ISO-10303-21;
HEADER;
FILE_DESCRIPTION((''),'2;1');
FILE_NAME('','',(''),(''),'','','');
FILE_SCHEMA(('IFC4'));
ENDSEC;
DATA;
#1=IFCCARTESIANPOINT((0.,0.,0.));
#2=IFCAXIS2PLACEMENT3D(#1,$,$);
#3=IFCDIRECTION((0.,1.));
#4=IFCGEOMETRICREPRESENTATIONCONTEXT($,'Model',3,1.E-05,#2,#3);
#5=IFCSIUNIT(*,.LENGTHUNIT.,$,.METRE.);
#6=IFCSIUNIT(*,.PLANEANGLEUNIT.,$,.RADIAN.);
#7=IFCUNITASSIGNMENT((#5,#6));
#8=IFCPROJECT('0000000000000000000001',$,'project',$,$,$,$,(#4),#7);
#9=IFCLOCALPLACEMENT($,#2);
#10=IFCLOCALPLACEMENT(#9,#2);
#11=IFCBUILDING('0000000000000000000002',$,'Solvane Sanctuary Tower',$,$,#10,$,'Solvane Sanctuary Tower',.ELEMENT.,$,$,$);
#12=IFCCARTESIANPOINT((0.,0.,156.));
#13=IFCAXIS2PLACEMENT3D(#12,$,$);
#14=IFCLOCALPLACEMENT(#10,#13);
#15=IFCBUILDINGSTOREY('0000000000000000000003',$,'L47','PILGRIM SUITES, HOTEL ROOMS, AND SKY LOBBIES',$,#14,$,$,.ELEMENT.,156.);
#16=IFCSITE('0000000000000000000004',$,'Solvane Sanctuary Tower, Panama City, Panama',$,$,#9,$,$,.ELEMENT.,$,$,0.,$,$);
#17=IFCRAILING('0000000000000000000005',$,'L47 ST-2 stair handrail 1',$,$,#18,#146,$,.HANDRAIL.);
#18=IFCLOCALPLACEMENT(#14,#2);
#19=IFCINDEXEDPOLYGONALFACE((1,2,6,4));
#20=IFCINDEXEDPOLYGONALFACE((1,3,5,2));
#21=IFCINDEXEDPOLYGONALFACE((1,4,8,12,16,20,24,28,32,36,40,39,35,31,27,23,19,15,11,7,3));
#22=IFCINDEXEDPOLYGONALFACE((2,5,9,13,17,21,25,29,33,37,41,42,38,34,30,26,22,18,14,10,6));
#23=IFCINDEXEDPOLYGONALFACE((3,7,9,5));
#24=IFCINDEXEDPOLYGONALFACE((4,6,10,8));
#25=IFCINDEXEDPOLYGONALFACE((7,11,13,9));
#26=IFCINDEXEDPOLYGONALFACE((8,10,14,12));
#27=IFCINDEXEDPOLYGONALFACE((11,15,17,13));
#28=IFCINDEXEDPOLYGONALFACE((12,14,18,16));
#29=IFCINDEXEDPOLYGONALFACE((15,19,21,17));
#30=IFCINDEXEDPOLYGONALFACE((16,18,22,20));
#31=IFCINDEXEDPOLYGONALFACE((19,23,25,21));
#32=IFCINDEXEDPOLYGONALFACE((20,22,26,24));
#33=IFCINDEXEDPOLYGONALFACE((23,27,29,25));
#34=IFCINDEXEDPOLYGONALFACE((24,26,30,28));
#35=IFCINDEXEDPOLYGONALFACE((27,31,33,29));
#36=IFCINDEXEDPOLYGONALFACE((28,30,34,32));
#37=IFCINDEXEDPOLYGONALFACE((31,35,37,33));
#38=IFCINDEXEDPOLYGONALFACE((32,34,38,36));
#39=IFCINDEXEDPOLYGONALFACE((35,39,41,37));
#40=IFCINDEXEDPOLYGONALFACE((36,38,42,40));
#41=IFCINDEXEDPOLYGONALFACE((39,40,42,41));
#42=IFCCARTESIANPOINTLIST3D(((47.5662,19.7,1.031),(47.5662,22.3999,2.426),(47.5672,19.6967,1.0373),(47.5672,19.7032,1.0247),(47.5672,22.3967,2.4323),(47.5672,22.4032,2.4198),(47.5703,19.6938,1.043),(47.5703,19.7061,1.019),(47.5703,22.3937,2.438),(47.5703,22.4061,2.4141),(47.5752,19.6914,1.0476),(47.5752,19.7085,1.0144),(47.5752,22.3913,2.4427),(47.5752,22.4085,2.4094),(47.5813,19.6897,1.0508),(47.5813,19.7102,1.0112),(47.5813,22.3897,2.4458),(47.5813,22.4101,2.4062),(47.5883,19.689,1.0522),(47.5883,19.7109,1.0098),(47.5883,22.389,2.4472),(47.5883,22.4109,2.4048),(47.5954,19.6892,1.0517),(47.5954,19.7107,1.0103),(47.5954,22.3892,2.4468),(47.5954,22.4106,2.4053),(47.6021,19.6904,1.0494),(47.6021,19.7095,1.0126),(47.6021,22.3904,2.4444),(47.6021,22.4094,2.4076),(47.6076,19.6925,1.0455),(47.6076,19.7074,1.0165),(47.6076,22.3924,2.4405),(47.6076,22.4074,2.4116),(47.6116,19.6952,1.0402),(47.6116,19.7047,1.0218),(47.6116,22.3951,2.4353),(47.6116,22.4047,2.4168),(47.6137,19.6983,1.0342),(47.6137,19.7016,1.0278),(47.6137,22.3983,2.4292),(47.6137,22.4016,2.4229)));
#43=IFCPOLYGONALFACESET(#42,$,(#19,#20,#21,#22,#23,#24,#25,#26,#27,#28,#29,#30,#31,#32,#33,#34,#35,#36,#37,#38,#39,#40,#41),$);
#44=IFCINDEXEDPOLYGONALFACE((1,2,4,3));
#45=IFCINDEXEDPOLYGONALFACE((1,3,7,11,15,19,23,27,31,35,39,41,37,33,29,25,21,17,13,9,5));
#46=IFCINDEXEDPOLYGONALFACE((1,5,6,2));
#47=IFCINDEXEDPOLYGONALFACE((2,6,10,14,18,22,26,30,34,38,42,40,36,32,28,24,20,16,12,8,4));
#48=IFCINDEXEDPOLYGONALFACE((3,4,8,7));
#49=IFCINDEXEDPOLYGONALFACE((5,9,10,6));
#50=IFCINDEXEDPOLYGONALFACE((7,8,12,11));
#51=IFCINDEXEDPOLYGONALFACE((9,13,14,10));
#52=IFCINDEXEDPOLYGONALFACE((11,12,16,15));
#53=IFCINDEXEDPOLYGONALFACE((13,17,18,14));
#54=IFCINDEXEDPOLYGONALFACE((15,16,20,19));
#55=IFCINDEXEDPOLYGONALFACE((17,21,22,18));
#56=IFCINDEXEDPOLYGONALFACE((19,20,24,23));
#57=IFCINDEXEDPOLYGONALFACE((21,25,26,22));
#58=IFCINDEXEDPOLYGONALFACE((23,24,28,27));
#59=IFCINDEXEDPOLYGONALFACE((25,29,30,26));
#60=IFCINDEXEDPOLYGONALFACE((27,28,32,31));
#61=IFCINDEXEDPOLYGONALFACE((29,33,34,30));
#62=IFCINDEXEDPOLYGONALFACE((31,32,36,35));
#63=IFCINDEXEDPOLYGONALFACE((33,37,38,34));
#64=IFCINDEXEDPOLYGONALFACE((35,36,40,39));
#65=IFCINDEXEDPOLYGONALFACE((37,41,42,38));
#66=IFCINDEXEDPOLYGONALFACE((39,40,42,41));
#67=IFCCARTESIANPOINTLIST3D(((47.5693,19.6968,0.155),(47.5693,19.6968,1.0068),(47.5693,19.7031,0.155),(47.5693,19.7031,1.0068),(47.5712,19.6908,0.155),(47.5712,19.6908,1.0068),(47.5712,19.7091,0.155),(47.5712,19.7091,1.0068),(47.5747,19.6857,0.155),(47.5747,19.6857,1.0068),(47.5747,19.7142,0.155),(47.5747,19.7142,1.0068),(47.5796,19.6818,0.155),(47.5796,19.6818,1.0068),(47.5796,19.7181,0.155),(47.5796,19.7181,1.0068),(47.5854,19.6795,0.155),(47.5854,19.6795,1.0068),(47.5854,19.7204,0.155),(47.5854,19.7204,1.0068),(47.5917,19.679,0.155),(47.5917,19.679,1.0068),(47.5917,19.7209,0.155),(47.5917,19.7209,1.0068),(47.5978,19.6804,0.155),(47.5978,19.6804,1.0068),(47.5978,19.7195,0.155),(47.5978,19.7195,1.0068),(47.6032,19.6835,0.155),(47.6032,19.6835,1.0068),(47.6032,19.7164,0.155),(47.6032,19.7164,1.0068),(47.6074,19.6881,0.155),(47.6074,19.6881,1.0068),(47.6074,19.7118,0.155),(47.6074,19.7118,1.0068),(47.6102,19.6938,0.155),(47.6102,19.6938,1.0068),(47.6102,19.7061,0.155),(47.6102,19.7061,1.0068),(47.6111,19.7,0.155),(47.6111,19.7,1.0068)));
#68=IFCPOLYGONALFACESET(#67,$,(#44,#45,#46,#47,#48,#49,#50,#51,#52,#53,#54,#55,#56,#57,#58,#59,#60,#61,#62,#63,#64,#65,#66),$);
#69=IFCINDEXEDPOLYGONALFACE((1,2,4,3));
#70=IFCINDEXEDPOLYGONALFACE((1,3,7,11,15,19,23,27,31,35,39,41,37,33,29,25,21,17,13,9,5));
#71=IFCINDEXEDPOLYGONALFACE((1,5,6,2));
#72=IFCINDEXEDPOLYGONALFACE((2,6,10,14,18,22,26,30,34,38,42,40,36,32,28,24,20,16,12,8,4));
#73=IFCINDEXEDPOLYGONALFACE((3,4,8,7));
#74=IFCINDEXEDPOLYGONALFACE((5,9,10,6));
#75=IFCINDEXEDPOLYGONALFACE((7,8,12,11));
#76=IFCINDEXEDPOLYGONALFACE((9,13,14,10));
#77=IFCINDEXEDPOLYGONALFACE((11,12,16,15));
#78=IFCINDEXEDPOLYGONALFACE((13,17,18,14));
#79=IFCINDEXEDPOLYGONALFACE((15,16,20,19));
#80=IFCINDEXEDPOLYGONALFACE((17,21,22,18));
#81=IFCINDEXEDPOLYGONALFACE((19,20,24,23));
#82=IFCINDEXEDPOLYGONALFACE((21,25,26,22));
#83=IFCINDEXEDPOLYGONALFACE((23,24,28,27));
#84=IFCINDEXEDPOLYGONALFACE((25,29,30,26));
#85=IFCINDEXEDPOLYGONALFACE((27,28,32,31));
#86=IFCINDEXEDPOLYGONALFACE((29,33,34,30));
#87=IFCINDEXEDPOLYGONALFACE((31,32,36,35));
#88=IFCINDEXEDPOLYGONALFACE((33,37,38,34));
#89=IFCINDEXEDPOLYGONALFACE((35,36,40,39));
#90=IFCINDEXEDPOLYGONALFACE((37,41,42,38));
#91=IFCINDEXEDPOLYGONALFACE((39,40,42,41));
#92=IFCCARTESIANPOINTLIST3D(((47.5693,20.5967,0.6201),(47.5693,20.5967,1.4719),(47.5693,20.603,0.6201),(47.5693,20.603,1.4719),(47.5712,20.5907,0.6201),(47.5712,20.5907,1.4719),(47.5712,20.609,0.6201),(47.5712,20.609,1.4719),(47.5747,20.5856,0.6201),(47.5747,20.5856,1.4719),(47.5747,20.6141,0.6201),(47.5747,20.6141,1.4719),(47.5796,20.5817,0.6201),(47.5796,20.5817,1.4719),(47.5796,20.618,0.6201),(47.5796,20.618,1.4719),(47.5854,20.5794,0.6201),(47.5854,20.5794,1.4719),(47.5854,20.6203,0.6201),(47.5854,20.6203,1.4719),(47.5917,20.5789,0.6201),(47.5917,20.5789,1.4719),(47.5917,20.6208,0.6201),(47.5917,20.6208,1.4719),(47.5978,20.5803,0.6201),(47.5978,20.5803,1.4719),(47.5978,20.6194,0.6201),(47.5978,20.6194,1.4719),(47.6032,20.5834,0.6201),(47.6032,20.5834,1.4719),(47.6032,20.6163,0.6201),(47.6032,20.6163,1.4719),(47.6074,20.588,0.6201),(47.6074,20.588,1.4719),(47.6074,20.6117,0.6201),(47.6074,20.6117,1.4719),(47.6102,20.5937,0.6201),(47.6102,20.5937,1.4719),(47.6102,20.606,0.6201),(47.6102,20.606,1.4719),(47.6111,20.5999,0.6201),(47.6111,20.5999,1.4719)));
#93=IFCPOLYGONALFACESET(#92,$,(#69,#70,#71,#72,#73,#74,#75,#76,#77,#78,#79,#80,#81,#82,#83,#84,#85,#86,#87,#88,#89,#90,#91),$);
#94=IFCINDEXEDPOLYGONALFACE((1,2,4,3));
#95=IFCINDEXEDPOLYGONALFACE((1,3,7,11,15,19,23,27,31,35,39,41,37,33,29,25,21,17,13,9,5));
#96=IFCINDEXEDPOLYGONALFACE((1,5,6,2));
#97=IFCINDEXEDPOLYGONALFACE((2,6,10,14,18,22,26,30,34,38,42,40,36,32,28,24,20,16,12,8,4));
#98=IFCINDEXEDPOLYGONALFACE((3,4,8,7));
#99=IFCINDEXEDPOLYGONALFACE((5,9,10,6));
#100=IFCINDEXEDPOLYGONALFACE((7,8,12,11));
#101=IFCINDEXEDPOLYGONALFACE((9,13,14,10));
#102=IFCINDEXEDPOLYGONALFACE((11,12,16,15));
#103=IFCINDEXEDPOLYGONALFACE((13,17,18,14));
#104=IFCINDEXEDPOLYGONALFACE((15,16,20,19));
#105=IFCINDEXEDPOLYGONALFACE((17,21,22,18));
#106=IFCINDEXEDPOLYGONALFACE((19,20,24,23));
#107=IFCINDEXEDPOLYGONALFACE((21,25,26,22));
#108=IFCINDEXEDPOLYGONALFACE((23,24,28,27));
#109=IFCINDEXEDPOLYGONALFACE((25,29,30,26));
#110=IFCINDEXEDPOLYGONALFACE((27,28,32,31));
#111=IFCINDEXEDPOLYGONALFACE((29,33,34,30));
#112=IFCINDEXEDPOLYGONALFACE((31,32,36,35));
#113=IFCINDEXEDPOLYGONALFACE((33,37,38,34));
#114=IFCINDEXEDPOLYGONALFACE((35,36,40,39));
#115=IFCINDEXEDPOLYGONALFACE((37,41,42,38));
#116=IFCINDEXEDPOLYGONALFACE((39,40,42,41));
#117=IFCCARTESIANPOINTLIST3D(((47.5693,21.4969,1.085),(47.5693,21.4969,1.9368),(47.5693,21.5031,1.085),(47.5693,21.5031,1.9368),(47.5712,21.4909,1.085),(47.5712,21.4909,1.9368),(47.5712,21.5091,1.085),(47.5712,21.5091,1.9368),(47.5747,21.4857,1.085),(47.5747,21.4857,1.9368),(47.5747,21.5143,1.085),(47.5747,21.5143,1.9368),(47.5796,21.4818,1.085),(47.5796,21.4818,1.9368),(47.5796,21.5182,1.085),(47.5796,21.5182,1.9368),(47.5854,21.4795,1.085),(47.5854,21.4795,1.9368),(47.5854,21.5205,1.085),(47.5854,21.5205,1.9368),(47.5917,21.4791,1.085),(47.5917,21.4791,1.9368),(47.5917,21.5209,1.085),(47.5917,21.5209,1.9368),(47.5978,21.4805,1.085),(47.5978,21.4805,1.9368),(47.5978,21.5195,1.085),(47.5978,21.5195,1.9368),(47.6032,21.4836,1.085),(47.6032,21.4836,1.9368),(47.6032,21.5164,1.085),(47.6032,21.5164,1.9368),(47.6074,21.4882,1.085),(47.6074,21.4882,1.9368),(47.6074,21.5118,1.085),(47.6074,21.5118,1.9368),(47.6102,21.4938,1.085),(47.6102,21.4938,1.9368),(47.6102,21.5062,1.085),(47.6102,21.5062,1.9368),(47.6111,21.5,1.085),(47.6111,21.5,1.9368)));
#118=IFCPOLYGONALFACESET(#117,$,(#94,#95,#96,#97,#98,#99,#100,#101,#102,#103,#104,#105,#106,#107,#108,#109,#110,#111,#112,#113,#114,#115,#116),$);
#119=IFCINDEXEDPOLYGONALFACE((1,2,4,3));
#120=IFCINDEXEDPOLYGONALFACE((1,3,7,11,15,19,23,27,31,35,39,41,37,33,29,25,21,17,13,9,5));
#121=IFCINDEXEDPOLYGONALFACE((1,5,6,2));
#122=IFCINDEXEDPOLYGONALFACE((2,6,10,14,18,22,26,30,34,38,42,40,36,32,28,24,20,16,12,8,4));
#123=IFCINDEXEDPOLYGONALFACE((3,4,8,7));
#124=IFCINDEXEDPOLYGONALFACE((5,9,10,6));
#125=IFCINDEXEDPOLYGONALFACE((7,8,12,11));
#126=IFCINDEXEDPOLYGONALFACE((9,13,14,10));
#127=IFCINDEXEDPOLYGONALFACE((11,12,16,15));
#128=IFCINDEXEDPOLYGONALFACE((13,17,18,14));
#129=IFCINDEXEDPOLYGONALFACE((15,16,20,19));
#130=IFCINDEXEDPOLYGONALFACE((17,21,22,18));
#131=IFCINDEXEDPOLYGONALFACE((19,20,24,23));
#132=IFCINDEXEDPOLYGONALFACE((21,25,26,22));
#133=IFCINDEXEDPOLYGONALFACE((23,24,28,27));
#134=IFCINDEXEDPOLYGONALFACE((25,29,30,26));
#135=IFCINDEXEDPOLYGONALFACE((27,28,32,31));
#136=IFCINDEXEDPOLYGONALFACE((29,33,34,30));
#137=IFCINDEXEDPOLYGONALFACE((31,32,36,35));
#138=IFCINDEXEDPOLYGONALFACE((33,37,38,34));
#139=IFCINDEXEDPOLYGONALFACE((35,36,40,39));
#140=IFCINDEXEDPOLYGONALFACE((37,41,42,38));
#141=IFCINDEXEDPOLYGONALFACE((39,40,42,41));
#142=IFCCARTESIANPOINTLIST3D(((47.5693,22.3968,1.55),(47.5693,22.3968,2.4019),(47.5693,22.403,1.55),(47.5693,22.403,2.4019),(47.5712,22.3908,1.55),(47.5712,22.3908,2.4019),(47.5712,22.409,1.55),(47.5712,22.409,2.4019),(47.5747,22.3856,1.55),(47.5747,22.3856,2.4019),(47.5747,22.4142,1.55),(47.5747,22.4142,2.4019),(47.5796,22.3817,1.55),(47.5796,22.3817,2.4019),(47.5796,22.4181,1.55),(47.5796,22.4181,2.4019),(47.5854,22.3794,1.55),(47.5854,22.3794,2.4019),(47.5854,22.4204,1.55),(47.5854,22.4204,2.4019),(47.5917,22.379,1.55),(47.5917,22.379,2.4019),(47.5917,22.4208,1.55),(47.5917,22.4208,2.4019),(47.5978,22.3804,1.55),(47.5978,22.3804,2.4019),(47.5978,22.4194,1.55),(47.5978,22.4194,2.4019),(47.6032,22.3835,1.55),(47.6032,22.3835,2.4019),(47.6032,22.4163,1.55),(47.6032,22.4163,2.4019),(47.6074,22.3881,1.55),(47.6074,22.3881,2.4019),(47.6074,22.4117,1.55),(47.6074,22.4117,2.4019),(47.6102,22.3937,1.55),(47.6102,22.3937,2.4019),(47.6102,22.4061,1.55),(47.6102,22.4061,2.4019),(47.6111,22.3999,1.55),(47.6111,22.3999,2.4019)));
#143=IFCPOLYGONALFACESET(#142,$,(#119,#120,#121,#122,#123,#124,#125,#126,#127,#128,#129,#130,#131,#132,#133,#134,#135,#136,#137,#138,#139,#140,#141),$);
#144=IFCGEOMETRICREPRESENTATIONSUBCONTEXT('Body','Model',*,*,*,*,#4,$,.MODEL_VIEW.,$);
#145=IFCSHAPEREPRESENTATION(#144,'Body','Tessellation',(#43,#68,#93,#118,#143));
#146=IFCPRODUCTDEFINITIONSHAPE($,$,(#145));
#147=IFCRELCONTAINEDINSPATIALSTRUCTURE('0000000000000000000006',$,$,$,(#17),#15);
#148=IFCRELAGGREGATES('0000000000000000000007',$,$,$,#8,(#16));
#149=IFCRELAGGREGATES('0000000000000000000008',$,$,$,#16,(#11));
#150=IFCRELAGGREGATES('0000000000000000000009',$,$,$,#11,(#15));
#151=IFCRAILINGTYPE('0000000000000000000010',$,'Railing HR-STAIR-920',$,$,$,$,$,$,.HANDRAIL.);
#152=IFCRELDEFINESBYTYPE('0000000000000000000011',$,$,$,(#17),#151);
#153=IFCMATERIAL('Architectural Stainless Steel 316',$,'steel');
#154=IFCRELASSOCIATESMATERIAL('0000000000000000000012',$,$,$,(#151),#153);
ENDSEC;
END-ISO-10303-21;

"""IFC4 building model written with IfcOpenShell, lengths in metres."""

from ifc_helpers import new_model, si_unit, direction, frame, origin, origin_2d, place, context, subcontext, project, spatial, circle, extrude, material, type_object, element, save


model = new_model("IFC4")

# Units and contexts
model_context = context("Model", 3, precision=1e-05, world=origin(), true_north=direction((0.0, 1.0)))
body_context = subcontext(model_context, "Body", "Model", "MODEL_VIEW")
ifc_project = project(units=[si_unit("LENGTHUNIT", "METRE"), si_unit("PLANEANGLEUNIT", "RADIAN")], contexts=[model_context])

# Site, building, storey
site_placement = place(None, origin())
site = spatial("IfcSite", under=ifc_project, at=site_placement, Name="Solvane Sanctuary Tower, Panama City, Panama", CompositionType="ELEMENT", RefElevation=0.0)
building_placement = place(site_placement, origin())
building = spatial("IfcBuilding", under=site, at=building_placement, Name="Solvane Sanctuary Tower", LongName="Solvane Sanctuary Tower", CompositionType="ELEMENT")
storey_placement = place(building_placement, frame((0.0, 0.0, 156.0)))
storey = spatial("IfcBuildingStorey", under=building, at=storey_placement, Name="L47", Description="PILGRIM SUITES, HOTEL ROOMS, AND SKY LOBBIES", CompositionType="ELEMENT", Elevation=156.0)

# Railing
ifc_material_1 = material(Name="Architectural Stainless Steel 316", Category="steel")
railing_type_1 = type_object("IfcRailingType", Name="Railing HR-STAIR-920", PredefinedType="HANDRAIL", material=ifc_material_1)
railing_1_placement = place(storey_placement, frame((47.5901, 19.7, 0.155)))
element("IfcRailing", 1, at=railing_1_placement, inside=storey, type_object=railing_type_1, Name="L47 ST-2 stair handrail 1", PredefinedType="HANDRAIL", context=body_context, shape_type="SweptSolid", body=[
    extrude(circle(Radius=0.0239, at=origin_2d()), frame((0.0, 0.0, 0.876), z_axis=(0.0, 0.88842, 0.459032), x_axis=(-1.0, 0.0, 0.0)), (0.0, 0.0, 1.0), 3.0391),
    extrude(circle(Radius=0.021, at=origin_2d()), origin(), (0.0, 0.0, 1.0), 0.8518),
    extrude(circle(Radius=0.021, at=origin_2d()), frame((0.0, 0.8999, 0.4651)), (0.0, 0.0, 1.0), 0.8518),
    extrude(circle(Radius=0.021, at=origin_2d()), frame((0.0, 1.8, 0.9299)), (0.0, 0.0, 1.0), 0.8518),
    extrude(circle(Radius=0.021, at=origin_2d()), frame((0.0, 2.7, 1.395)), (0.0, 0.0, 1.0), 0.8518),
])

save(model, "model.ifc")
